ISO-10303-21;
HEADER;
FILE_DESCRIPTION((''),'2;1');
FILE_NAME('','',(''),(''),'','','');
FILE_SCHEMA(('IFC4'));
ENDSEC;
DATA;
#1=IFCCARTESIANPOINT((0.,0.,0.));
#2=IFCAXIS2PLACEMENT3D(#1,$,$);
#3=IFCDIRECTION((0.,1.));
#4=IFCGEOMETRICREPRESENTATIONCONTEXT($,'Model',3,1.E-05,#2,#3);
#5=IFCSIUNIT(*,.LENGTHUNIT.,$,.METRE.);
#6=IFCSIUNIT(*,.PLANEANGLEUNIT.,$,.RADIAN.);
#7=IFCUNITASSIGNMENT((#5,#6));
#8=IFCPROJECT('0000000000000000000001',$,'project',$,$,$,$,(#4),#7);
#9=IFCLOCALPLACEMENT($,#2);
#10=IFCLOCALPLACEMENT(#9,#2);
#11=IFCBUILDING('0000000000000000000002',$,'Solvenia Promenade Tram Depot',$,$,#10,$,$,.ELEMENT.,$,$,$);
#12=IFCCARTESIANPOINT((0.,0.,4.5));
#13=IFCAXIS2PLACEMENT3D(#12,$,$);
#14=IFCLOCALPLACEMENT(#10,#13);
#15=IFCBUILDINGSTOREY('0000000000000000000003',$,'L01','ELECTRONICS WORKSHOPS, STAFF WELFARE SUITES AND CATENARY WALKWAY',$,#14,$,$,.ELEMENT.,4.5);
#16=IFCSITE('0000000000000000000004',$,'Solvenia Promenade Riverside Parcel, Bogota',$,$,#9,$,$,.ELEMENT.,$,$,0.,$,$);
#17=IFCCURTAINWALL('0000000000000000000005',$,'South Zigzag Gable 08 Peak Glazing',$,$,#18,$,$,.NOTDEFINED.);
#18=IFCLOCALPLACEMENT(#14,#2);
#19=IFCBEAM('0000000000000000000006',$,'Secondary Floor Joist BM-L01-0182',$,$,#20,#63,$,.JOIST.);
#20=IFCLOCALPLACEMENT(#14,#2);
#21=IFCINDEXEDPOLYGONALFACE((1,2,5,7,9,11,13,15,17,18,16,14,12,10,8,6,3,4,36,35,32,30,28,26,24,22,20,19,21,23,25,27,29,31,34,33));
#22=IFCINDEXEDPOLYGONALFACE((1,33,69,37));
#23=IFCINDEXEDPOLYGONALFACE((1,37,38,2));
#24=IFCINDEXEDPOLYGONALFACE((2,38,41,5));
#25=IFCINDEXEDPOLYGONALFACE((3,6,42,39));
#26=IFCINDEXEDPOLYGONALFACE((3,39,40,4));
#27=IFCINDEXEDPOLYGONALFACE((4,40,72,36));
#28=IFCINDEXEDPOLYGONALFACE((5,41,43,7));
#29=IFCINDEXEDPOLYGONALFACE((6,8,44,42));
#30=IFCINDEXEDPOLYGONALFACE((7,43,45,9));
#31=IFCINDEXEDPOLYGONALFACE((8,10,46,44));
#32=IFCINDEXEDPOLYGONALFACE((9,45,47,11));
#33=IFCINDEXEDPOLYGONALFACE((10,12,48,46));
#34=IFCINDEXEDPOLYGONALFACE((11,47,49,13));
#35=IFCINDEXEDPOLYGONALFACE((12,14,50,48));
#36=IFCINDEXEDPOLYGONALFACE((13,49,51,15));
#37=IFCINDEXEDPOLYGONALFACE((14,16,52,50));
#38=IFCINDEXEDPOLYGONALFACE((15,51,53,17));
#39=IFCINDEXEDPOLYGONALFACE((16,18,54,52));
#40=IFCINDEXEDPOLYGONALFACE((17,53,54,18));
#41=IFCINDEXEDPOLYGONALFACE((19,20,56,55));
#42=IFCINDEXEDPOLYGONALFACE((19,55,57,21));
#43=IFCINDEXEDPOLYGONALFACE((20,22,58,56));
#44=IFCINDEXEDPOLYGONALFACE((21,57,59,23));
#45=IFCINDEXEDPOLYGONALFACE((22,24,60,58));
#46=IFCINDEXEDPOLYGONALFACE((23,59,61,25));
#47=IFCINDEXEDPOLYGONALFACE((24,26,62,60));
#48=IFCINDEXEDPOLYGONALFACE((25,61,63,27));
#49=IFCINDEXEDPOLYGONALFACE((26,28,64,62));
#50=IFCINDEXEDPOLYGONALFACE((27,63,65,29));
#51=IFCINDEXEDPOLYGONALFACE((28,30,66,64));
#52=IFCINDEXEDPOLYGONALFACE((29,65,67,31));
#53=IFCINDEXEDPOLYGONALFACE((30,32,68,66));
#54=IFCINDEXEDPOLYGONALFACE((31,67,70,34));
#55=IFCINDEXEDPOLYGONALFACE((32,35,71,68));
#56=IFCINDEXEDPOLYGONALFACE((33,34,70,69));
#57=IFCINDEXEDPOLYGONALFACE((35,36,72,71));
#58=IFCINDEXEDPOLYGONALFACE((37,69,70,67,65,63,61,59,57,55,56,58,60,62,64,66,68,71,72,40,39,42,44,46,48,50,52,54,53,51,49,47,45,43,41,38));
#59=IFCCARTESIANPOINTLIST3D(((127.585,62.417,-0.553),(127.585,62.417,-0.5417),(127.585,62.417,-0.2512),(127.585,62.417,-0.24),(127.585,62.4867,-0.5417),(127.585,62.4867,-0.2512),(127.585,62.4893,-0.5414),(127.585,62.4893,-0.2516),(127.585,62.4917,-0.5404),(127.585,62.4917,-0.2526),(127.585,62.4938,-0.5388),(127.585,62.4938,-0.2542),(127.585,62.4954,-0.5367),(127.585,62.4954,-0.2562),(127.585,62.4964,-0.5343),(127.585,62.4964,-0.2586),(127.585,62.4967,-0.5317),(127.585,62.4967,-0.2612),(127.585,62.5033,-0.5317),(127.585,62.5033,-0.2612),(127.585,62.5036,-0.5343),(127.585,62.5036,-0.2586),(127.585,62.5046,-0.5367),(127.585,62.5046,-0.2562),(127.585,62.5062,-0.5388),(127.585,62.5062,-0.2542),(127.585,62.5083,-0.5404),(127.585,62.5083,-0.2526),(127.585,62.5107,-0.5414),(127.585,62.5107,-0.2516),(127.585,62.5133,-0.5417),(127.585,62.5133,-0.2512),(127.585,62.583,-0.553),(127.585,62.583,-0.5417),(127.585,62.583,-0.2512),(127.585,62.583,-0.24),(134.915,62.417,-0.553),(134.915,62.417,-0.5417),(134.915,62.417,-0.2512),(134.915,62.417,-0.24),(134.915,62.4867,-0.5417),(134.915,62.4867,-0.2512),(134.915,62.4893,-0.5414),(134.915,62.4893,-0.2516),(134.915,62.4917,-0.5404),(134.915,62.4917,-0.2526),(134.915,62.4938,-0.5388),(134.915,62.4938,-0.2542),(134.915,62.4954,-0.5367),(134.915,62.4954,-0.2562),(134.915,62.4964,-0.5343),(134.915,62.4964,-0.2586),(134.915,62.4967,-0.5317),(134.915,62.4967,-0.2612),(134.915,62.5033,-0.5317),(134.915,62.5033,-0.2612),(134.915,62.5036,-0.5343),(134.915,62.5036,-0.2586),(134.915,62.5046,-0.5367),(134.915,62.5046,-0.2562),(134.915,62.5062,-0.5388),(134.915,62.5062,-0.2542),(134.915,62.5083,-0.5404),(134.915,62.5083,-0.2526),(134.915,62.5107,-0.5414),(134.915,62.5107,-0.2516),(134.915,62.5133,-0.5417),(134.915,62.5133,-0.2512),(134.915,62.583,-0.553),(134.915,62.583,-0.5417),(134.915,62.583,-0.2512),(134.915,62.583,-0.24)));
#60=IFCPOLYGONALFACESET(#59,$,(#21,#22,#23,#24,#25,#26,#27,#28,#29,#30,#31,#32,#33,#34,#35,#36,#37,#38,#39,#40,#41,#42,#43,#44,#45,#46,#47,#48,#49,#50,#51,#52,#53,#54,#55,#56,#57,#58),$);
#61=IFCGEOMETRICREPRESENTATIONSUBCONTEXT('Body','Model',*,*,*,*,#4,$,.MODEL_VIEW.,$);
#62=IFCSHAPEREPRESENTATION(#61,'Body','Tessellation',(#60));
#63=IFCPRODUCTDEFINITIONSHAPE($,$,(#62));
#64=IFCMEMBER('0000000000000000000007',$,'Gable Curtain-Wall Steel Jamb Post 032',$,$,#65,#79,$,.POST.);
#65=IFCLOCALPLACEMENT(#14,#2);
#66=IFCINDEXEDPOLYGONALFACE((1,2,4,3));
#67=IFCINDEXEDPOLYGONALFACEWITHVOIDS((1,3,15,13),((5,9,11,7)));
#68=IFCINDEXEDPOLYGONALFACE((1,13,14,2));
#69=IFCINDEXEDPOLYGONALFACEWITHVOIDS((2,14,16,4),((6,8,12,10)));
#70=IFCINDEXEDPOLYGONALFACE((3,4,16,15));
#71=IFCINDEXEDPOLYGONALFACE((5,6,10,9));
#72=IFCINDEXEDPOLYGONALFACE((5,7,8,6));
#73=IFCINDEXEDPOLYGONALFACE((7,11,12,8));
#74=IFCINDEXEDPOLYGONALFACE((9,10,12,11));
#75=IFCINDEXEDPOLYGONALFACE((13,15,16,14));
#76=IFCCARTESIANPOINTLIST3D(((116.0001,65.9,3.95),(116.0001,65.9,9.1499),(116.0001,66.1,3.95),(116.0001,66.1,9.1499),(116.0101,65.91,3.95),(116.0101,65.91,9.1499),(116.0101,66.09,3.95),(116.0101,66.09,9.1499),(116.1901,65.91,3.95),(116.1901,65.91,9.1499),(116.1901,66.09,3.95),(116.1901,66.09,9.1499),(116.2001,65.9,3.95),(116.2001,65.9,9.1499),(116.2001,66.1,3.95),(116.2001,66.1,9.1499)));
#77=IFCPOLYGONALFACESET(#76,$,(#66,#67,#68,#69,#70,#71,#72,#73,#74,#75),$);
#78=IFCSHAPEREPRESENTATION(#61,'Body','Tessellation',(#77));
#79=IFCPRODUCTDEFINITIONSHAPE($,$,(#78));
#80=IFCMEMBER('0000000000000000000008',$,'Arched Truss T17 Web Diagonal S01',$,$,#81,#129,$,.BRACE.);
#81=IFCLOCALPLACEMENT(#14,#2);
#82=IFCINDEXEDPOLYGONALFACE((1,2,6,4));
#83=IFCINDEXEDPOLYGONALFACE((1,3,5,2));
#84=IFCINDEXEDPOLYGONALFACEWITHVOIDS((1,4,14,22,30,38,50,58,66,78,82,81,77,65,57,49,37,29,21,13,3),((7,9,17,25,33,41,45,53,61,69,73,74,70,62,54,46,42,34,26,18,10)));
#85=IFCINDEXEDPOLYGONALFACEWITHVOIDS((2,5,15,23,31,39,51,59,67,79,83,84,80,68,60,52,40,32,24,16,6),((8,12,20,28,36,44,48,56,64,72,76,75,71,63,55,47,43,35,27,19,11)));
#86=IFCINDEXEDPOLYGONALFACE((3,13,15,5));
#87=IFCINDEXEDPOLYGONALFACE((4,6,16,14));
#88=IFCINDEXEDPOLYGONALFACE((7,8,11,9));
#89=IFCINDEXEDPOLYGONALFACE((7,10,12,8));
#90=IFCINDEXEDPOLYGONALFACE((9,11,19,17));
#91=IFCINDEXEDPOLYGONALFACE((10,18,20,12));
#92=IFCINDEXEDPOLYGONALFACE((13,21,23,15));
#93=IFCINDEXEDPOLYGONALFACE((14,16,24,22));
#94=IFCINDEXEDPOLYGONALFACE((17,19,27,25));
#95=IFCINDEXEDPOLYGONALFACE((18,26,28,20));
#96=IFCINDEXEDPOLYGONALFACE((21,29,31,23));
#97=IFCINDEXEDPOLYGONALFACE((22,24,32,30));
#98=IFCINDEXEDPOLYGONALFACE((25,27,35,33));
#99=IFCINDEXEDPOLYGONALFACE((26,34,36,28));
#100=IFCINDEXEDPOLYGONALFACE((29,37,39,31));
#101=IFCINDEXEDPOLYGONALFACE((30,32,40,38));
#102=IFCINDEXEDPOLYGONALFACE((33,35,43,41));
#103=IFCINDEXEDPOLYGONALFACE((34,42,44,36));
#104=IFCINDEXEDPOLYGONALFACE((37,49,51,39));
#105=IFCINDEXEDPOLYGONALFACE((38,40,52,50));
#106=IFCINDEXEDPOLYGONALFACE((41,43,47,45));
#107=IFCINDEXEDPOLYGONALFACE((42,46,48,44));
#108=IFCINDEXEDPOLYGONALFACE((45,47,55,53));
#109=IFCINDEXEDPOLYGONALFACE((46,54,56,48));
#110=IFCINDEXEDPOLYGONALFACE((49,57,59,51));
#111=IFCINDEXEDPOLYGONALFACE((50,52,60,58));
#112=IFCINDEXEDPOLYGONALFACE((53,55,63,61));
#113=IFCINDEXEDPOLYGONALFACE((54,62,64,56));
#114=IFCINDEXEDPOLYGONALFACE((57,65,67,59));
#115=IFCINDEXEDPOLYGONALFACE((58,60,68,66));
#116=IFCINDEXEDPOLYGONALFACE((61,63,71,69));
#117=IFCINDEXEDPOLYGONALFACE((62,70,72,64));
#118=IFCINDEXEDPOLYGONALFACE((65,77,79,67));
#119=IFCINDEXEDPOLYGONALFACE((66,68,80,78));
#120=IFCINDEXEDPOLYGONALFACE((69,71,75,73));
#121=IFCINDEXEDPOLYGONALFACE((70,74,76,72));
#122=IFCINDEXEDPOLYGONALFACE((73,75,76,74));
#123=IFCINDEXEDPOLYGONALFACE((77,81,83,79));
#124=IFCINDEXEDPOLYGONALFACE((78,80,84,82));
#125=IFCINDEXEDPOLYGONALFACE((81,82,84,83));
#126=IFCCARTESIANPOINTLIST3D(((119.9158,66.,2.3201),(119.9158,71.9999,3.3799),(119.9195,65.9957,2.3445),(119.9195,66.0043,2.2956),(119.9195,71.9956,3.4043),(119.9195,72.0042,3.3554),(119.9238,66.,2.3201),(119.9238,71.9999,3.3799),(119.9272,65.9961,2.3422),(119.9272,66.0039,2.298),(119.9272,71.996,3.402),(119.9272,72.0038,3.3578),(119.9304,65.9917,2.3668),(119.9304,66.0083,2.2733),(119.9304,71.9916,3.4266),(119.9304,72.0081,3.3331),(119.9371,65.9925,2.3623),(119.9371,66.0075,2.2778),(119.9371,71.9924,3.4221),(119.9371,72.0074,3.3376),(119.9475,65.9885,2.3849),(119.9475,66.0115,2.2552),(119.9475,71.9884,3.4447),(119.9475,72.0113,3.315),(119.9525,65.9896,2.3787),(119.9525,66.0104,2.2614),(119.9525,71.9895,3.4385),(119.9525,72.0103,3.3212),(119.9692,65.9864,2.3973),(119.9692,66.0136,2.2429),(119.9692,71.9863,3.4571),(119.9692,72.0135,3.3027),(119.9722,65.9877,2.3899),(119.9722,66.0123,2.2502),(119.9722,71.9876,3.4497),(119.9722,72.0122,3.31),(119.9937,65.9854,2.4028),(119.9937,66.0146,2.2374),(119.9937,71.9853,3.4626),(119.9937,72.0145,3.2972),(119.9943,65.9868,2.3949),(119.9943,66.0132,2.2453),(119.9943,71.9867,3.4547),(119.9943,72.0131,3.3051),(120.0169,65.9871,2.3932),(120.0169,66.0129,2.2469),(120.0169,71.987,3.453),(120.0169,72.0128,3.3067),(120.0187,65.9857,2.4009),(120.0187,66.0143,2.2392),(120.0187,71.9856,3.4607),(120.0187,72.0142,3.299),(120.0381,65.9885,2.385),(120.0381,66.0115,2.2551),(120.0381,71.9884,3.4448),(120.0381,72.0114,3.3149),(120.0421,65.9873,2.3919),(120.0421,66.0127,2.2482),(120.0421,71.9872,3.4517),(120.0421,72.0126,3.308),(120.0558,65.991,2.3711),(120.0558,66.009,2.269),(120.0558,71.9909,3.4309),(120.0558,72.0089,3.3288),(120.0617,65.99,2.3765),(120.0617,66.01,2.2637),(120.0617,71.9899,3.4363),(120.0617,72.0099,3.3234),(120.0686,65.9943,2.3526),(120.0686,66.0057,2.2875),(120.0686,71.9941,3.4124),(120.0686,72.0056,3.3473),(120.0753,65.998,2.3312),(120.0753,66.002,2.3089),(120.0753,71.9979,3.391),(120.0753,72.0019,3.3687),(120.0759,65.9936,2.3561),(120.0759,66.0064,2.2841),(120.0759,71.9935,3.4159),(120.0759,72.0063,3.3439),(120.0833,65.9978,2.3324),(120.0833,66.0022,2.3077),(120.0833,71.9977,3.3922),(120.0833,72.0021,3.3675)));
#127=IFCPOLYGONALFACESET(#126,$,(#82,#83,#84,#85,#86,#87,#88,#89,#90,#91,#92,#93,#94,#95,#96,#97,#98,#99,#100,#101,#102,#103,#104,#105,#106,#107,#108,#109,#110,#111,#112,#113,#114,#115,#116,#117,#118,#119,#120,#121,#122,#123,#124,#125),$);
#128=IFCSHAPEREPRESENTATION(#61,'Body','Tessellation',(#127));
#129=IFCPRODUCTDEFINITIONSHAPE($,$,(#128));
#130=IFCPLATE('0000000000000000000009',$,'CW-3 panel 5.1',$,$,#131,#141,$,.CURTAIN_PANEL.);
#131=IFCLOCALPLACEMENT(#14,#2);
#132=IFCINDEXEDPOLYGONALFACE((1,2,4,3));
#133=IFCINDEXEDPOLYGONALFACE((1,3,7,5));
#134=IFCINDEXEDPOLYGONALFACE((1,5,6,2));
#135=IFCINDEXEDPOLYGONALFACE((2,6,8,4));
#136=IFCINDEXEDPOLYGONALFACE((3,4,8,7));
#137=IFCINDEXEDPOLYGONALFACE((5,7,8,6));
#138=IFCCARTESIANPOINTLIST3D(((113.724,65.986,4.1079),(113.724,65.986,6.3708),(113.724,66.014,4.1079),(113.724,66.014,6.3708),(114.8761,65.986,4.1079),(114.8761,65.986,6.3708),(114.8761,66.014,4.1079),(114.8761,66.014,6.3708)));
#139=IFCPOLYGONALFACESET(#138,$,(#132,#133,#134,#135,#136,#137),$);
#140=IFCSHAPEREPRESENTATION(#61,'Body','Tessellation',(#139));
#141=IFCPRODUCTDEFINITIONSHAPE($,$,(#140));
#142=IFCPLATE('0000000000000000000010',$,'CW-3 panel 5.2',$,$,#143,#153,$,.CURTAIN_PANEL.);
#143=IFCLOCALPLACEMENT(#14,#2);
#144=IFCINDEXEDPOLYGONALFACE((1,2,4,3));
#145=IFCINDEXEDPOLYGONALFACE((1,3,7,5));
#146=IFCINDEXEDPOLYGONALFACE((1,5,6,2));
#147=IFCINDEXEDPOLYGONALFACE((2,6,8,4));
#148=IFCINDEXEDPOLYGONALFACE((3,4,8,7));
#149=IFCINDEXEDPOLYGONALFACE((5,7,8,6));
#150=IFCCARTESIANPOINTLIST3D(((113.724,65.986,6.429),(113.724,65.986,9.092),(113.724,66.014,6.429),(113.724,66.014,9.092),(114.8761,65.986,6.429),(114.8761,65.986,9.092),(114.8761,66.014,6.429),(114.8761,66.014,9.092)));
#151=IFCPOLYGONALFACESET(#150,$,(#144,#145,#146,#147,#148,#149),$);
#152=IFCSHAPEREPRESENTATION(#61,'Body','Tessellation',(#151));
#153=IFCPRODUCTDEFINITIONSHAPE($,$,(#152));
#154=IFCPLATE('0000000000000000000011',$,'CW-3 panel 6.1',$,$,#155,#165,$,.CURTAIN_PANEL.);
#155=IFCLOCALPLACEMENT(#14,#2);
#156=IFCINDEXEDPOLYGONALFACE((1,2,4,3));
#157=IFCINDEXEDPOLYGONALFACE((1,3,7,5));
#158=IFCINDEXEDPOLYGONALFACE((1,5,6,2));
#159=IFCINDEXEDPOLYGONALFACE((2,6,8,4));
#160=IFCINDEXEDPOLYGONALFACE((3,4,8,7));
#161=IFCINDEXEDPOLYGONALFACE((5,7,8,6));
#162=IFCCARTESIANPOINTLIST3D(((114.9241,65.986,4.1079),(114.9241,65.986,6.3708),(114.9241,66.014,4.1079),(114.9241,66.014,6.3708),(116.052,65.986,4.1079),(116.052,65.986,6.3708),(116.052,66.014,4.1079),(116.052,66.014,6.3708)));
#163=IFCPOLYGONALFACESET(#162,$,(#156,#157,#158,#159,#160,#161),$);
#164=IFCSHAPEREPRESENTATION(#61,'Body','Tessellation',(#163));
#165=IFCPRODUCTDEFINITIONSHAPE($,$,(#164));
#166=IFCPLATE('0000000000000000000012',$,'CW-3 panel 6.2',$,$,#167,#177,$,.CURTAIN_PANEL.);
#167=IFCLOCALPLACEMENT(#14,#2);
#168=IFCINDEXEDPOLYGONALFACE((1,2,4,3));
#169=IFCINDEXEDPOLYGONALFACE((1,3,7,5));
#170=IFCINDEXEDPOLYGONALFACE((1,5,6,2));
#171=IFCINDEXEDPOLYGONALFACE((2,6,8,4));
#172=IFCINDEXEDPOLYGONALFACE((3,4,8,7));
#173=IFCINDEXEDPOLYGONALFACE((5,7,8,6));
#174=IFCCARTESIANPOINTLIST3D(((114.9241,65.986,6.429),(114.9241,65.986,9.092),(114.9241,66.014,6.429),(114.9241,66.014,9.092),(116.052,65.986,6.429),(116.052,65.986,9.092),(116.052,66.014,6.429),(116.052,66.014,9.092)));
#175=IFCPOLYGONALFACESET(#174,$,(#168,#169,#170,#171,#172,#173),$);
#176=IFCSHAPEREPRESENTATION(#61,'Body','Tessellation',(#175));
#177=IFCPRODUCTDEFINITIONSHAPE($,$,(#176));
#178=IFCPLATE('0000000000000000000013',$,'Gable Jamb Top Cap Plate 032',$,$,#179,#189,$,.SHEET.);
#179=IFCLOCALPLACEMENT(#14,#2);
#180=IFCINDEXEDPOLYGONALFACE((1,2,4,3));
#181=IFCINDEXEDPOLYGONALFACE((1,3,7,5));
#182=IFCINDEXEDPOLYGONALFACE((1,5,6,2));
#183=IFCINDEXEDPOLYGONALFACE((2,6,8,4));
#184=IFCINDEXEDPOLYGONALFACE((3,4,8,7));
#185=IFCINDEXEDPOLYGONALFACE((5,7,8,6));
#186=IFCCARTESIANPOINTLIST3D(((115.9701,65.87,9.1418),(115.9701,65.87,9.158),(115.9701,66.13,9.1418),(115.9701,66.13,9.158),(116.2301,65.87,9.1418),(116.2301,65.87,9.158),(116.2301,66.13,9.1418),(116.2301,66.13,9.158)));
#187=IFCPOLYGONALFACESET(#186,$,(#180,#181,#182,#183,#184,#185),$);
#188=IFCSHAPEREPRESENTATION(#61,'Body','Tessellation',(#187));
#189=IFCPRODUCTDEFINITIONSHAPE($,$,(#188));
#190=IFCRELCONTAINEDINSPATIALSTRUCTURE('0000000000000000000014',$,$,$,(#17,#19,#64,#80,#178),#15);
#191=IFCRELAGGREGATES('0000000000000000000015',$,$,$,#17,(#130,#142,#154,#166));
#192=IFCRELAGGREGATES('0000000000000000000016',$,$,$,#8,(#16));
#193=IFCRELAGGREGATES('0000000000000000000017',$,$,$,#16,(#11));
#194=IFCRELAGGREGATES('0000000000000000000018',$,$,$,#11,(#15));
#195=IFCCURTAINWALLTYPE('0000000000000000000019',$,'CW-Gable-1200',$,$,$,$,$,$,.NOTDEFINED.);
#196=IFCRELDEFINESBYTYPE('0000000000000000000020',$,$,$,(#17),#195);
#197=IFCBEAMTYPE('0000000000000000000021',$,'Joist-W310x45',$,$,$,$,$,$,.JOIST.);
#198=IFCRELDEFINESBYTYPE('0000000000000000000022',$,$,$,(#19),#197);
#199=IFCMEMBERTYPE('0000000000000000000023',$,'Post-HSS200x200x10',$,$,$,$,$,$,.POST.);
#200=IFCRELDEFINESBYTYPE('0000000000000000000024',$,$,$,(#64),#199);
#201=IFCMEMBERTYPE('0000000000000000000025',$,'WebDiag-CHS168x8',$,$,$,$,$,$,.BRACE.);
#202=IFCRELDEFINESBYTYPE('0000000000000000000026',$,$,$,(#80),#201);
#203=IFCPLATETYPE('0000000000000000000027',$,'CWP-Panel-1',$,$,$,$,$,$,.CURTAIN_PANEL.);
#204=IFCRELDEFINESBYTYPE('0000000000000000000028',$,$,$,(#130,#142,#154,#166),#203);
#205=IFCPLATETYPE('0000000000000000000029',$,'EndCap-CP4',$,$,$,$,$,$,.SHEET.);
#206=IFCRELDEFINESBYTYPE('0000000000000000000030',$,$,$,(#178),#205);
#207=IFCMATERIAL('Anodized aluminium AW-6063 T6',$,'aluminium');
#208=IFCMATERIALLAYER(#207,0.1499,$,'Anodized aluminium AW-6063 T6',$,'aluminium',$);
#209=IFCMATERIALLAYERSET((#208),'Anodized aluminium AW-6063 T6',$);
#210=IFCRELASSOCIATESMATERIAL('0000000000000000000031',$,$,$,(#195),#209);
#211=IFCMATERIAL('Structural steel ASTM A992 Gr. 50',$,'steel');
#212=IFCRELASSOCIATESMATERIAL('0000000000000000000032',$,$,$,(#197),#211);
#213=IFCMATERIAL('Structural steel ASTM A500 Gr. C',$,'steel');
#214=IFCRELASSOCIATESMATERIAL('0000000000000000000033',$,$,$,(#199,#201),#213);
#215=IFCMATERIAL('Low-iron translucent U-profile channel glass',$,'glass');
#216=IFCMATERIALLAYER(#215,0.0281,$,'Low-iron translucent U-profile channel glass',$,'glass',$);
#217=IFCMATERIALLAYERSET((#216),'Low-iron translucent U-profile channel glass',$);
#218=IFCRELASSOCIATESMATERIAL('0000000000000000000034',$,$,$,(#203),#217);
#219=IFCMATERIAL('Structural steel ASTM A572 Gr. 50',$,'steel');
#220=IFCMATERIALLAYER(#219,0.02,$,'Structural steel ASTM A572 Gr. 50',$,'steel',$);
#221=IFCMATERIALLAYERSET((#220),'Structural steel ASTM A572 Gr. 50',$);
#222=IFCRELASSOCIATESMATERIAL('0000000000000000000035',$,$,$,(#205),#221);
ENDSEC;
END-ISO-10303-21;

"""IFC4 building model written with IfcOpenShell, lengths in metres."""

from ifc_helpers import new_model, si_unit, direction, frame, origin, origin_2d, place, context, subcontext, project, spatial, rectangle, hollow_rectangle, hollow_circle, i_section, extrude, material, layer, layer_set, material_profile, profile_set, type_object, element, aggregate, save


model = new_model("IFC4")

# Units and contexts
model_context = context("Model", 3, precision=1e-05, world=origin(), true_north=direction((0.0, 1.0)))
body_context = subcontext(model_context, "Body", "Model", "MODEL_VIEW")
ifc_project = project(units=[si_unit("LENGTHUNIT", "METRE"), si_unit("PLANEANGLEUNIT", "RADIAN")], contexts=[model_context])

# Site, building, storey
site_placement = place(None, origin())
site = spatial("IfcSite", under=ifc_project, at=site_placement, Name="Solvenia Promenade Riverside Parcel, Bogota", CompositionType="ELEMENT", RefElevation=0.0)
building_placement = place(site_placement, origin())
building = spatial("IfcBuilding", under=site, at=building_placement, Name="Solvenia Promenade Tram Depot", CompositionType="ELEMENT")
storey_placement = place(building_placement, frame((0.0, 0.0, 4.5)))
storey = spatial("IfcBuildingStorey", under=building, at=storey_placement, Name="L01", Description="ELECTRONICS WORKSHOPS, STAFF WELFARE SUITES AND CATENARY WALKWAY", CompositionType="ELEMENT", Elevation=4.5)

# Shared definitions
ifc_material_1 = material(Name="Structural steel ASTM A992 Gr. 50", Category="steel")

# Curtain wall
ifc_material_2 = material(Name="Anodized aluminium AW-6063 T6", Category="aluminium")
ifc_layer_1 = layer(ifc_material_2, 0.1499, Name="Anodized aluminium AW-6063 T6", Category="aluminium")
ifc_layer_set_1 = layer_set([ifc_layer_1], Name="Anodized aluminium AW-6063 T6")
curtain_wall_type = type_object("IfcCurtainWallType", Name="CW-Gable-1200", PredefinedType="NOTDEFINED", material=ifc_layer_set_1)
curtain_wall_placement = place(storey_placement, origin())
curtain_wall = element("IfcCurtainWall", 1, at=curtain_wall_placement, inside=storey, type_object=curtain_wall_type, Name="South Zigzag Gable 08 Peak Glazing", PredefinedType="NOTDEFINED")

# Shared definitions
ifc_material_3 = material(Name="Structural steel ASTM A500 Gr. C", Category="steel")

# Beam
ifc_material_profile_1 = material_profile(ifc_material_1, i_section(OverallWidth=0.166, OverallDepth=0.313, WebThickness=0.0066, FlangeThickness=0.0112, FilletRadius=0.01, at=origin_2d()), Name="W310x45", Category="steel")
ifc_profile_set_1 = profile_set([ifc_material_profile_1], Name="Structural steel ASTM A992 Gr. 50")
beam_type = type_object("IfcBeamType", Name="Joist-W310x45", PredefinedType="JOIST", material=ifc_profile_set_1)
for number, where, z_axis, x_axis, name in (
    (2, (127.585, 62.5, -0.3965), (1.0, 0.0, 0.0), (0.0, 1.0, 0.0), "Secondary Floor Joist BM-L01-0182"),
):
    element("IfcBeam", number, at=place(storey_placement, frame(where, z_axis=z_axis, x_axis=x_axis)), inside=storey, type_object=beam_type, Name=name, PredefinedType="JOIST", context=body_context, shape_type="SweptSolid", body=[
        extrude(i_section(OverallWidth=0.166, OverallDepth=0.313, WebThickness=0.0066, FlangeThickness=0.0112, FilletRadius=0.01, at=origin_2d()), origin(), (0.0, 0.0, 1.0), 7.3301),
    ])

# Members
ifc_material_profile_2 = material_profile(ifc_material_3, hollow_rectangle(XDim=0.2, YDim=0.2, WallThickness=0.01, at=origin_2d()), Name="HSS200x200x10", Category="steel")
ifc_profile_set_2 = profile_set([ifc_material_profile_2], Name="Structural steel ASTM A500 Gr. C")
member_type_1 = type_object("IfcMemberType", Name="Post-HSS200x200x10", PredefinedType="POST", material=ifc_profile_set_2)
member_1_placement = place(storey_placement, frame((116.1001, 66.0, 3.95), z_axis=(0.0, 0.0, 1.0), x_axis=(1.0, 0.0, 0.0)))
element("IfcMember", 3, at=member_1_placement, inside=storey, type_object=member_type_1, Name="Gable Curtain-Wall Steel Jamb Post 032", PredefinedType="POST", context=body_context, shape_type="SweptSolid", body=[
    extrude(hollow_rectangle(XDim=0.2, YDim=0.2, WallThickness=0.01, at=origin_2d()), origin(), (0.0, 0.0, 1.0), 5.2),
])
ifc_material_profile_3 = material_profile(ifc_material_3, hollow_circle(Radius=0.0842, WallThickness=0.0081, at=origin_2d()), Name="CHS168.3x8", Category="steel")
ifc_profile_set_3 = profile_set([ifc_material_profile_3], Name="Structural steel ASTM A500 Gr. C")
member_type_2 = type_object("IfcMemberType", Name="WebDiag-CHS168x8", PredefinedType="BRACE", material=ifc_profile_set_3)
member_2_placement = place(storey_placement, frame((120.0, 66.0, 2.3201), z_axis=(0.0, 0.984756, 0.173943), x_axis=(-1.0, 0.0, 0.0)))
element("IfcMember", 4, at=member_2_placement, inside=storey, type_object=member_type_2, Name="Arched Truss T17 Web Diagonal S01", PredefinedType="BRACE", context=body_context, shape_type="SweptSolid", body=[
    extrude(hollow_circle(Radius=0.0842, WallThickness=0.0081, at=origin_2d()), origin(), (0.0, 0.0, 1.0), 6.0928),
])

# Plates
ifc_material_4 = material(Name="Low-iron translucent U-profile channel glass", Category="glass")
ifc_layer_2 = layer(ifc_material_4, 0.0281, Name="Low-iron translucent U-profile channel glass", Category="glass")
ifc_layer_set_2 = layer_set([ifc_layer_2], Name="Low-iron translucent U-profile channel glass")
plate_type_1 = type_object("IfcPlateType", Name="CWP-Panel-1", PredefinedType="CURTAIN_PANEL", material=ifc_layer_set_2)
plate_1_placement = place(storey_placement, frame((114.3, 66.0, 4.1079), z_axis=(0.0, 0.0, 1.0), x_axis=(1.0, 0.0, 0.0)))
plate_1 = element("IfcPlate", 5, at=plate_1_placement, type_object=plate_type_1, Name="CW-3 panel 5.1", PredefinedType="CURTAIN_PANEL", context=body_context, shape_type="SweptSolid", body=[
    extrude(rectangle(XDim=1.1521, YDim=0.0281, at=origin_2d()), origin(), (0.0, 0.0, 1.0), 2.2629),
])
plate_2_placement = place(storey_placement, frame((114.3, 66.0, 6.429), z_axis=(0.0, 0.0, 1.0), x_axis=(1.0, 0.0, 0.0)))
plate_2 = element("IfcPlate", 6, at=plate_2_placement, type_object=plate_type_1, Name="CW-3 panel 5.2", PredefinedType="CURTAIN_PANEL", context=body_context, shape_type="SweptSolid", body=[
    extrude(rectangle(XDim=1.1521, YDim=0.0281, at=origin_2d()), origin(), (0.0, 0.0, 1.0), 2.6631),
])
plate_3_placement = place(storey_placement, frame((115.488, 66.0, 4.1079), z_axis=(0.0, 0.0, 1.0), x_axis=(1.0, 0.0, 0.0)))
plate_3 = element("IfcPlate", 7, at=plate_3_placement, type_object=plate_type_1, Name="CW-3 panel 6.1", PredefinedType="CURTAIN_PANEL", context=body_context, shape_type="SweptSolid", body=[
    extrude(rectangle(XDim=1.1279, YDim=0.0281, at=origin_2d()), origin(), (0.0, 0.0, 1.0), 2.2629),
])
plate_4_placement = place(storey_placement, frame((115.488, 66.0, 6.429), z_axis=(0.0, 0.0, 1.0), x_axis=(1.0, 0.0, 0.0)))
plate_4 = element("IfcPlate", 8, at=plate_4_placement, type_object=plate_type_1, Name="CW-3 panel 6.2", PredefinedType="CURTAIN_PANEL", context=body_context, shape_type="SweptSolid", body=[
    extrude(rectangle(XDim=1.1279, YDim=0.0281, at=origin_2d()), origin(), (0.0, 0.0, 1.0), 2.6631),
])
aggregate(curtain_wall, [plate_1, plate_2, plate_3, plate_4])

# Plate
ifc_material_5 = material(Name="Structural steel ASTM A572 Gr. 50", Category="steel")
ifc_layer_3 = layer(ifc_material_5, 0.02, Name="Structural steel ASTM A572 Gr. 50", Category="steel")
ifc_layer_set_3 = layer_set([ifc_layer_3], Name="Structural steel ASTM A572 Gr. 50")
plate_type_2 = type_object("IfcPlateType", Name="EndCap-CP4", PredefinedType="SHEET", material=ifc_layer_set_3)
plate_5_placement = place(storey_placement, frame((116.1001, 66.0, 9.1418), z_axis=(0.0, 0.0, 1.0), x_axis=(1.0, 0.0, 0.0)))
element("IfcPlate", 9, at=plate_5_placement, inside=storey, type_object=plate_type_2, Name="Gable Jamb Top Cap Plate 032", PredefinedType="SHEET", context=body_context, shape_type="SweptSolid", body=[
    extrude(rectangle(XDim=0.26, YDim=0.26, at=origin_2d()), origin(), (0.0, 0.0, 1.0), 0.0161),
])

save(model, "model.ifc")
